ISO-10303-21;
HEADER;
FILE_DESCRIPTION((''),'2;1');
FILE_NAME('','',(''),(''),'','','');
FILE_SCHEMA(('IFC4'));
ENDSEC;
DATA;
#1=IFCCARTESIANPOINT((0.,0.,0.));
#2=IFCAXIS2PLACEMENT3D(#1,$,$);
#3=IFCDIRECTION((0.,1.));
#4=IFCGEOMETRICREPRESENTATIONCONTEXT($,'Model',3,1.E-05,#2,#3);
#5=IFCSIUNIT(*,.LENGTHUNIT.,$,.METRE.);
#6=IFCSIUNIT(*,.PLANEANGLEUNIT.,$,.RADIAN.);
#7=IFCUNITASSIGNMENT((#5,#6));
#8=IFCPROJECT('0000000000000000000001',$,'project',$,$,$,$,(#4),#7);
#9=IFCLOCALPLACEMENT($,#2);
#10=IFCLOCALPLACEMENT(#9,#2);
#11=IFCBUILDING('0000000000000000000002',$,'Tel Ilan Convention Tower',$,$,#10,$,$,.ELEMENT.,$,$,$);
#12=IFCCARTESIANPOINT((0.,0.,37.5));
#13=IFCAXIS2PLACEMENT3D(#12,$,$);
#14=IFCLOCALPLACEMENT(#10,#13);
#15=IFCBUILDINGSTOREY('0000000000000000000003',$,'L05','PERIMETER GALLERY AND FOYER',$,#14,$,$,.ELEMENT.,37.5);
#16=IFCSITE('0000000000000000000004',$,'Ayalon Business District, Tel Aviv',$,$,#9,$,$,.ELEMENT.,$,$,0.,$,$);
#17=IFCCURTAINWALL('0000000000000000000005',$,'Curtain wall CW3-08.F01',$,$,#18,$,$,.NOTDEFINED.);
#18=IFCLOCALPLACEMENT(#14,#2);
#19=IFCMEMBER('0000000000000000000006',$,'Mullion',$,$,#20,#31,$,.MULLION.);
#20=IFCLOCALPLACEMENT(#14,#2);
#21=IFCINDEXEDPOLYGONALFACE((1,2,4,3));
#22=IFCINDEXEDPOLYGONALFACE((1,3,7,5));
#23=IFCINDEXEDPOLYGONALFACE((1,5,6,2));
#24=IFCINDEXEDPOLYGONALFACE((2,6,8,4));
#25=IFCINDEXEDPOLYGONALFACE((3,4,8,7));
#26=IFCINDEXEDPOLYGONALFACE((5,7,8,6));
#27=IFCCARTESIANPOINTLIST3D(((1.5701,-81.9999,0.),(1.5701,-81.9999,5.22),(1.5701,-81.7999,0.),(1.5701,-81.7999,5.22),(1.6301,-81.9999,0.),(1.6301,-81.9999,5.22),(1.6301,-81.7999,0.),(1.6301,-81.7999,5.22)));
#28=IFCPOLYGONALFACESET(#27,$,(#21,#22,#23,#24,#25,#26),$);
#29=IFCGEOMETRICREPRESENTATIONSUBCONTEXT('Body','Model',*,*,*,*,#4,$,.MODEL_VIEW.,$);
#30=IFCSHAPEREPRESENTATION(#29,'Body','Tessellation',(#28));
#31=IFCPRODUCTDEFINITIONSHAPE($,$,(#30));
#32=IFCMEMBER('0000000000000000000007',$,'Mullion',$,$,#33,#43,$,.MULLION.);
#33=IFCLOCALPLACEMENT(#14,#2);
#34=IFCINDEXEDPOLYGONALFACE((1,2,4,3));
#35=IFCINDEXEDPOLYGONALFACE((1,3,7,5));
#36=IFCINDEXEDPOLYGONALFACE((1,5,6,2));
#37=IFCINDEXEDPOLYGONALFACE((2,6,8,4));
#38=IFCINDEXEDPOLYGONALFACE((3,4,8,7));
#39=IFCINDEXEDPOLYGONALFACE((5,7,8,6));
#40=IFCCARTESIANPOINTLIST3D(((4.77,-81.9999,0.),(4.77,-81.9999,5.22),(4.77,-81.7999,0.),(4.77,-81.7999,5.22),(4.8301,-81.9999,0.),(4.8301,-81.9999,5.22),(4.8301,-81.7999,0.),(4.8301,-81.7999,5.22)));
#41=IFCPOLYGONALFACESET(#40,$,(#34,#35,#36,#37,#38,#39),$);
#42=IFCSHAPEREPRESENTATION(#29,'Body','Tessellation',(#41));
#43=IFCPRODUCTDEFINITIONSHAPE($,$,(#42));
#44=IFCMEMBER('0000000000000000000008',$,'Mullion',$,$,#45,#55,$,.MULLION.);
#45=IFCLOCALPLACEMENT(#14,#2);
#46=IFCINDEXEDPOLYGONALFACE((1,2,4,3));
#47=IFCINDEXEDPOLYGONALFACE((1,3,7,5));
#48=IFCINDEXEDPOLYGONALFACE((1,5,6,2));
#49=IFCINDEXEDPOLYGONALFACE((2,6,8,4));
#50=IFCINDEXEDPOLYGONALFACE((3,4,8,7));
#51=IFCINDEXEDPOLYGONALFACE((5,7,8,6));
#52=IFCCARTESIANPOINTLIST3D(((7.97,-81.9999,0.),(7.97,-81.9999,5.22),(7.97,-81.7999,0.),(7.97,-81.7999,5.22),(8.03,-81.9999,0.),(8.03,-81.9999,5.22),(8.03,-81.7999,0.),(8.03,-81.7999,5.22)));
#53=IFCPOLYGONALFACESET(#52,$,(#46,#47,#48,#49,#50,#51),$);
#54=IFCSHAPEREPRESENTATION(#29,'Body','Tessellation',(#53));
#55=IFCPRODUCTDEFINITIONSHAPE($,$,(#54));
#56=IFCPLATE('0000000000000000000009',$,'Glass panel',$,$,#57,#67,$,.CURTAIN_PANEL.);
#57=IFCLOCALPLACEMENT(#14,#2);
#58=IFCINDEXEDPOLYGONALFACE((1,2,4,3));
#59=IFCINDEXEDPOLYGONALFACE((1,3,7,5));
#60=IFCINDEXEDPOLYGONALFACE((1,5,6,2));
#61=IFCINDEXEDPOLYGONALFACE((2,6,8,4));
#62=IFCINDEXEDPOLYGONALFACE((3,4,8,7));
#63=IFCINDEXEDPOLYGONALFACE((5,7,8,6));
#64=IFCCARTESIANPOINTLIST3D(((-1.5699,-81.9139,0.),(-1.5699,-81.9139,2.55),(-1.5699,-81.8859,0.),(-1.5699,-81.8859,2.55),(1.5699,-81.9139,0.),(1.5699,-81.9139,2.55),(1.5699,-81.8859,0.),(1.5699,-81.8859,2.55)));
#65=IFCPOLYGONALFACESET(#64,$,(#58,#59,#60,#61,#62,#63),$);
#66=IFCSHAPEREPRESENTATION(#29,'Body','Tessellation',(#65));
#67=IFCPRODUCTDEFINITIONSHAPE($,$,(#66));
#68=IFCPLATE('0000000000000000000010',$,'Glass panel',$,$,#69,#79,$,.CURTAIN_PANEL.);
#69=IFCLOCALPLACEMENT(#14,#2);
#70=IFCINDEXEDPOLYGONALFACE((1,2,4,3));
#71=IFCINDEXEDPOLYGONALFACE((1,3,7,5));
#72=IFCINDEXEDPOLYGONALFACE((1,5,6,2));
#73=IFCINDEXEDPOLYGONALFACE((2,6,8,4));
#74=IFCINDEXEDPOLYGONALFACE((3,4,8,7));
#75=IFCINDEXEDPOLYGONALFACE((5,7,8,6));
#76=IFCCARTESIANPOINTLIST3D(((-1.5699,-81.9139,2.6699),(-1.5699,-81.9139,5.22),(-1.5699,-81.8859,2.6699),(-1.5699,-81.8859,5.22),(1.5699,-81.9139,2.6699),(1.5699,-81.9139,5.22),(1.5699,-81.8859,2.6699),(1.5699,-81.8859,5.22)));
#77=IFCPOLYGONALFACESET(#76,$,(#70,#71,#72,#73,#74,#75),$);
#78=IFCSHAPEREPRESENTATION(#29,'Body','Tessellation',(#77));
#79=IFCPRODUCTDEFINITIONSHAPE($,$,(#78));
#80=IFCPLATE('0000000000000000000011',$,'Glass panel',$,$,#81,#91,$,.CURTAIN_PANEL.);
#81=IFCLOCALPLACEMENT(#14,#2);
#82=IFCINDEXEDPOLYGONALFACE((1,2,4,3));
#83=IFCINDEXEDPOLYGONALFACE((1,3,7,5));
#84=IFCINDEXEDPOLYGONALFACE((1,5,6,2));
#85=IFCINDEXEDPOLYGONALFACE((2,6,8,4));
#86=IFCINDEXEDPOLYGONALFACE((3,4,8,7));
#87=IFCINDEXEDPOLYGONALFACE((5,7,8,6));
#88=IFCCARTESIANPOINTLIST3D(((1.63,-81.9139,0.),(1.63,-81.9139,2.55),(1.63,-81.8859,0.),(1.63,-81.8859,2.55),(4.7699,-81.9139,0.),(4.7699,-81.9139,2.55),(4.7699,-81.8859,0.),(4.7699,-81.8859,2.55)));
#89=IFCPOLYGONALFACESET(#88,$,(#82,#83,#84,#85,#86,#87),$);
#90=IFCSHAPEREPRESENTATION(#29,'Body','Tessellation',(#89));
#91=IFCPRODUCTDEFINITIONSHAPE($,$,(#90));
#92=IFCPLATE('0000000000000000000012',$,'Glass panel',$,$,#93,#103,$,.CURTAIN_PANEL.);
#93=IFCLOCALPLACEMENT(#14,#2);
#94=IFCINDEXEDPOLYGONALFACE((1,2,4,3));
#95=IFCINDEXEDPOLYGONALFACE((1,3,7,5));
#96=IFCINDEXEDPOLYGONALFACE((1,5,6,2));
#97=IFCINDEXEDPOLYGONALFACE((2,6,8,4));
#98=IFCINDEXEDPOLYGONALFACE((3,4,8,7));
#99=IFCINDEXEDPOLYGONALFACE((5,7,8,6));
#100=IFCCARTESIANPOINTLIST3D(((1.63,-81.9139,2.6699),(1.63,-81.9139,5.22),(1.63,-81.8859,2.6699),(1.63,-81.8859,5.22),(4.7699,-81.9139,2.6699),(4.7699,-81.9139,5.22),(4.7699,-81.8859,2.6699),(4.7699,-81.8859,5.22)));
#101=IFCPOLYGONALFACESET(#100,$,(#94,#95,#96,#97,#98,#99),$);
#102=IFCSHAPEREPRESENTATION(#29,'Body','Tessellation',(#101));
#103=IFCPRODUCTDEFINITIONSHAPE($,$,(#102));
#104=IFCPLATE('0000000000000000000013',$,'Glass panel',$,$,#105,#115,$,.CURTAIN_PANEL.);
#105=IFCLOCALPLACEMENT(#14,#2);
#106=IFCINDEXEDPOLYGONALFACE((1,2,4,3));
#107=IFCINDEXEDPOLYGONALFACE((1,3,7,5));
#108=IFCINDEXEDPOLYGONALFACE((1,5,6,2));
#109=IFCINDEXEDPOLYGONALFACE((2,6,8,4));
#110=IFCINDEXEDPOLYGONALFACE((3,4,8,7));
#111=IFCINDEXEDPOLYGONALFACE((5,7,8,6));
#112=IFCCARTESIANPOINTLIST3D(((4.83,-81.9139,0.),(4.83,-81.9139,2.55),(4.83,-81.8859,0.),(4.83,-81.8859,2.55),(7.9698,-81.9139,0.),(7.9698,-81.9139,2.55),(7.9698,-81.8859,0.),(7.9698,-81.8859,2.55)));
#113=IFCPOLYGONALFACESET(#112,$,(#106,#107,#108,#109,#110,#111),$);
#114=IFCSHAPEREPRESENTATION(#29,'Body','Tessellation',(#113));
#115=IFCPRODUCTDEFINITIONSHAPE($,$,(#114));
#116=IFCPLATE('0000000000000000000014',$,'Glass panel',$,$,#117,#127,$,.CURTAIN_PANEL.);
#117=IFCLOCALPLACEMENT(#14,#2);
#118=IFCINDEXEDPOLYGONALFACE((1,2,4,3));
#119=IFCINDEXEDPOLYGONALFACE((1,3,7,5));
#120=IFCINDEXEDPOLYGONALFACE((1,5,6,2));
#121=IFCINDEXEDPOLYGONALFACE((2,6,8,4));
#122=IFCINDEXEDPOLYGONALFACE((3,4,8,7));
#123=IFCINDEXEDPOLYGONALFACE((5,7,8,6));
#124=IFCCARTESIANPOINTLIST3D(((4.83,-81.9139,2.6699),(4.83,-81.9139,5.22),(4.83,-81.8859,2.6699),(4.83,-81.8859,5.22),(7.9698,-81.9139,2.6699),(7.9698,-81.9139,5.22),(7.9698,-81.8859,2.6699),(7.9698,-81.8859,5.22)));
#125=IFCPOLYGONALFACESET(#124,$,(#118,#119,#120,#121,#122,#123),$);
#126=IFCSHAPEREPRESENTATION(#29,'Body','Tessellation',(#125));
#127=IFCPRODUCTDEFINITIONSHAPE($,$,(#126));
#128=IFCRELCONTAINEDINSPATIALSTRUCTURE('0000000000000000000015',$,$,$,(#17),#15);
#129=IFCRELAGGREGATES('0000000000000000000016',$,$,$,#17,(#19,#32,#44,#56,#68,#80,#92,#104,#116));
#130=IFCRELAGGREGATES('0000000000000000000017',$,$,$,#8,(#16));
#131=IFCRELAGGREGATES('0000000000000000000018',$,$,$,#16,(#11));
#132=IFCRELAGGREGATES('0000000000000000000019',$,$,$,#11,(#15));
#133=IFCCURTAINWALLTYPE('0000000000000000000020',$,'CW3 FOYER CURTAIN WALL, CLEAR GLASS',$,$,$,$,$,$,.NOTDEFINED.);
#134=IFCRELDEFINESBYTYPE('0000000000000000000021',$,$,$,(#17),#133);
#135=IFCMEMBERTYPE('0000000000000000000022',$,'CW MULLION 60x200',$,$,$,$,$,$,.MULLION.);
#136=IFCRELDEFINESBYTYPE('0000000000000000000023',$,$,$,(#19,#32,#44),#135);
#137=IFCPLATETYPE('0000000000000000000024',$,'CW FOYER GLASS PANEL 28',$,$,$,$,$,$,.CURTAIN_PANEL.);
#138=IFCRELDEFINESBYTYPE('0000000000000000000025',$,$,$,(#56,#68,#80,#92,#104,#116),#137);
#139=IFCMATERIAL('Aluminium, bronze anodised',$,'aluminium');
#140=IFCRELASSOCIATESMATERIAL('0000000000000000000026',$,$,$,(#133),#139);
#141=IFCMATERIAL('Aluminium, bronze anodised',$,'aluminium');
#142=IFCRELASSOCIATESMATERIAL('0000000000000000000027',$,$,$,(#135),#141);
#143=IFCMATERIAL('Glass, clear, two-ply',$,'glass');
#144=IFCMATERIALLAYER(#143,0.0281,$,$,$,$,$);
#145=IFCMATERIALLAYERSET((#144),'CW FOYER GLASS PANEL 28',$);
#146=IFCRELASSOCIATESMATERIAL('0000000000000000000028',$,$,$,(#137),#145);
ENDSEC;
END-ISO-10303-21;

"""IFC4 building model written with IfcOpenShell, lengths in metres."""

from ifc_helpers import new_model, si_unit, direction, frame, origin, origin_2d, place, context, subcontext, project, spatial, rectangle, extrude, material, layer, layer_set, material_profile, profile_set, type_object, element, aggregate, save


model = new_model("IFC4")

# Units and contexts
model_context = context("Model", 3, precision=1e-05, world=origin(), true_north=direction((0.0, 1.0)))
body_context = subcontext(model_context, "Body", "Model", "MODEL_VIEW")
ifc_project = project(units=[si_unit("LENGTHUNIT", "METRE"), si_unit("PLANEANGLEUNIT", "RADIAN")], contexts=[model_context])

# Site, building, storey
site_placement = place(None, origin())
site = spatial("IfcSite", under=ifc_project, at=site_placement, Name="Ayalon Business District, Tel Aviv", CompositionType="ELEMENT", RefElevation=0.0)
building_placement = place(site_placement, origin())
building = spatial("IfcBuilding", under=site, at=building_placement, Name="Tel Ilan Convention Tower", CompositionType="ELEMENT")
storey_placement = place(building_placement, frame((0.0, 0.0, 37.5)))
storey = spatial("IfcBuildingStorey", under=building, at=storey_placement, Name="L05", Description="PERIMETER GALLERY AND FOYER", CompositionType="ELEMENT", Elevation=37.5)

# Curtain wall, members, plates
ifc_material_1 = material(Name="Aluminium, bronze anodised", Category="aluminium")
curtain_wall_type = type_object("IfcCurtainWallType", Name="CW3 FOYER CURTAIN WALL, CLEAR GLASS", PredefinedType="NOTDEFINED", material=ifc_material_1)
curtain_wall_placement = place(storey_placement, origin())
curtain_wall = element("IfcCurtainWall", 1, at=curtain_wall_placement, inside=storey, type_object=curtain_wall_type, Name="Curtain wall CW3-08.F01", PredefinedType="NOTDEFINED")
ifc_material_2 = material(Name="Aluminium, bronze anodised", Category="aluminium")
ifc_material_profile = material_profile(ifc_material_2, rectangle(XDim=0.0601, YDim=0.2, at=origin_2d()), Name="CW MULLION 60x200")
ifc_profile_set = profile_set([ifc_material_profile], Name="Aluminium, bronze anodised")
member_type = type_object("IfcMemberType", Name="CW MULLION 60x200", PredefinedType="MULLION", material=ifc_profile_set)
member_1_placement = place(storey_placement, frame((1.6001, -81.8999, 0.0), z_axis=(0.0, 0.0, 1.0), x_axis=(1.0, 0.0, 0.0)))
member_1 = element("IfcMember", 2, at=member_1_placement, type_object=member_type, Name="Mullion", PredefinedType="MULLION", context=body_context, shape_type="SweptSolid", body=[
    extrude(rectangle(XDim=0.0601, YDim=0.2, at=origin_2d()), origin(), (0.0, 0.0, 1.0), 5.22),
])
member_2_placement = place(storey_placement, frame((4.8, -81.8999, 0.0), z_axis=(0.0, 0.0, 1.0), x_axis=(1.0, 0.0, 0.0)))
member_2 = element("IfcMember", 3, at=member_2_placement, type_object=member_type, Name="Mullion", PredefinedType="MULLION", context=body_context, shape_type="SweptSolid", body=[
    extrude(rectangle(XDim=0.0601, YDim=0.2, at=origin_2d()), origin(), (0.0, 0.0, 1.0), 5.22),
])
member_3_placement = place(storey_placement, frame((8.0, -81.8999, 0.0), z_axis=(0.0, 0.0, 1.0), x_axis=(1.0, 0.0, 0.0)))
member_3 = element("IfcMember", 4, at=member_3_placement, type_object=member_type, Name="Mullion", PredefinedType="MULLION", context=body_context, shape_type="SweptSolid", body=[
    extrude(rectangle(XDim=0.0601, YDim=0.2, at=origin_2d()), origin(), (0.0, 0.0, 1.0), 5.22),
])
ifc_material_3 = material(Name="Glass, clear, two-ply", Category="glass")
ifc_layer_1 = layer(ifc_material_3, 0.0281)
ifc_layer_set_1 = layer_set([ifc_layer_1], Name="CW FOYER GLASS PANEL 28")
plate_type = type_object("IfcPlateType", Name="CW FOYER GLASS PANEL 28", PredefinedType="CURTAIN_PANEL", material=ifc_layer_set_1)
plate_1_placement = place(storey_placement, frame((0.0, -81.8999, 0.0), z_axis=(0.0, 0.0, 1.0), x_axis=(1.0, 0.0, 0.0)))
plate_1 = element("IfcPlate", 5, at=plate_1_placement, type_object=plate_type, Name="Glass panel", PredefinedType="CURTAIN_PANEL", context=body_context, shape_type="SweptSolid", body=[
    extrude(rectangle(XDim=3.1399, YDim=0.0281, at=origin_2d()), origin(), (0.0, 0.0, 1.0), 2.55),
])
plate_2_placement = place(storey_placement, frame((0.0, -81.8999, 2.6699), z_axis=(0.0, 0.0, 1.0), x_axis=(1.0, 0.0, 0.0)))
plate_2 = element("IfcPlate", 6, at=plate_2_placement, type_object=plate_type, Name="Glass panel", PredefinedType="CURTAIN_PANEL", context=body_context, shape_type="SweptSolid", body=[
    extrude(rectangle(XDim=3.1399, YDim=0.0281, at=origin_2d()), origin(), (0.0, 0.0, 1.0), 2.55),
])
plate_3_placement = place(storey_placement, frame((3.2, -81.8999, 0.0), z_axis=(0.0, 0.0, 1.0), x_axis=(1.0, 0.0, 0.0)))
plate_3 = element("IfcPlate", 7, at=plate_3_placement, type_object=plate_type, Name="Glass panel", PredefinedType="CURTAIN_PANEL", context=body_context, shape_type="SweptSolid", body=[
    extrude(rectangle(XDim=3.1399, YDim=0.0281, at=origin_2d()), origin(), (0.0, 0.0, 1.0), 2.55),
])
plate_4_placement = place(storey_placement, frame((3.2, -81.8999, 2.6699), z_axis=(0.0, 0.0, 1.0), x_axis=(1.0, 0.0, 0.0)))
plate_4 = element("IfcPlate", 8, at=plate_4_placement, type_object=plate_type, Name="Glass panel", PredefinedType="CURTAIN_PANEL", context=body_context, shape_type="SweptSolid", body=[
    extrude(rectangle(XDim=3.1399, YDim=0.0281, at=origin_2d()), origin(), (0.0, 0.0, 1.0), 2.55),
])
plate_5_placement = place(storey_placement, frame((6.3999, -81.8999, 0.0), z_axis=(0.0, 0.0, 1.0), x_axis=(1.0, 0.0, 0.0)))
plate_5 = element("IfcPlate", 9, at=plate_5_placement, type_object=plate_type, Name="Glass panel", PredefinedType="CURTAIN_PANEL", context=body_context, shape_type="SweptSolid", body=[
    extrude(rectangle(XDim=3.1399, YDim=0.0281, at=origin_2d()), origin(), (0.0, 0.0, 1.0), 2.55),
])
plate_6_placement = place(storey_placement, frame((6.3999, -81.8999, 2.6699), z_axis=(0.0, 0.0, 1.0), x_axis=(1.0, 0.0, 0.0)))
plate_6 = element("IfcPlate", 10, at=plate_6_placement, type_object=plate_type, Name="Glass panel", PredefinedType="CURTAIN_PANEL", context=body_context, shape_type="SweptSolid", body=[
    extrude(rectangle(XDim=3.1399, YDim=0.0281, at=origin_2d()), origin(), (0.0, 0.0, 1.0), 2.55),
])
aggregate(curtain_wall, [member_1, member_2, member_3, plate_1, plate_2, plate_3, plate_4, plate_5, plate_6])

save(model, "model.ifc")
